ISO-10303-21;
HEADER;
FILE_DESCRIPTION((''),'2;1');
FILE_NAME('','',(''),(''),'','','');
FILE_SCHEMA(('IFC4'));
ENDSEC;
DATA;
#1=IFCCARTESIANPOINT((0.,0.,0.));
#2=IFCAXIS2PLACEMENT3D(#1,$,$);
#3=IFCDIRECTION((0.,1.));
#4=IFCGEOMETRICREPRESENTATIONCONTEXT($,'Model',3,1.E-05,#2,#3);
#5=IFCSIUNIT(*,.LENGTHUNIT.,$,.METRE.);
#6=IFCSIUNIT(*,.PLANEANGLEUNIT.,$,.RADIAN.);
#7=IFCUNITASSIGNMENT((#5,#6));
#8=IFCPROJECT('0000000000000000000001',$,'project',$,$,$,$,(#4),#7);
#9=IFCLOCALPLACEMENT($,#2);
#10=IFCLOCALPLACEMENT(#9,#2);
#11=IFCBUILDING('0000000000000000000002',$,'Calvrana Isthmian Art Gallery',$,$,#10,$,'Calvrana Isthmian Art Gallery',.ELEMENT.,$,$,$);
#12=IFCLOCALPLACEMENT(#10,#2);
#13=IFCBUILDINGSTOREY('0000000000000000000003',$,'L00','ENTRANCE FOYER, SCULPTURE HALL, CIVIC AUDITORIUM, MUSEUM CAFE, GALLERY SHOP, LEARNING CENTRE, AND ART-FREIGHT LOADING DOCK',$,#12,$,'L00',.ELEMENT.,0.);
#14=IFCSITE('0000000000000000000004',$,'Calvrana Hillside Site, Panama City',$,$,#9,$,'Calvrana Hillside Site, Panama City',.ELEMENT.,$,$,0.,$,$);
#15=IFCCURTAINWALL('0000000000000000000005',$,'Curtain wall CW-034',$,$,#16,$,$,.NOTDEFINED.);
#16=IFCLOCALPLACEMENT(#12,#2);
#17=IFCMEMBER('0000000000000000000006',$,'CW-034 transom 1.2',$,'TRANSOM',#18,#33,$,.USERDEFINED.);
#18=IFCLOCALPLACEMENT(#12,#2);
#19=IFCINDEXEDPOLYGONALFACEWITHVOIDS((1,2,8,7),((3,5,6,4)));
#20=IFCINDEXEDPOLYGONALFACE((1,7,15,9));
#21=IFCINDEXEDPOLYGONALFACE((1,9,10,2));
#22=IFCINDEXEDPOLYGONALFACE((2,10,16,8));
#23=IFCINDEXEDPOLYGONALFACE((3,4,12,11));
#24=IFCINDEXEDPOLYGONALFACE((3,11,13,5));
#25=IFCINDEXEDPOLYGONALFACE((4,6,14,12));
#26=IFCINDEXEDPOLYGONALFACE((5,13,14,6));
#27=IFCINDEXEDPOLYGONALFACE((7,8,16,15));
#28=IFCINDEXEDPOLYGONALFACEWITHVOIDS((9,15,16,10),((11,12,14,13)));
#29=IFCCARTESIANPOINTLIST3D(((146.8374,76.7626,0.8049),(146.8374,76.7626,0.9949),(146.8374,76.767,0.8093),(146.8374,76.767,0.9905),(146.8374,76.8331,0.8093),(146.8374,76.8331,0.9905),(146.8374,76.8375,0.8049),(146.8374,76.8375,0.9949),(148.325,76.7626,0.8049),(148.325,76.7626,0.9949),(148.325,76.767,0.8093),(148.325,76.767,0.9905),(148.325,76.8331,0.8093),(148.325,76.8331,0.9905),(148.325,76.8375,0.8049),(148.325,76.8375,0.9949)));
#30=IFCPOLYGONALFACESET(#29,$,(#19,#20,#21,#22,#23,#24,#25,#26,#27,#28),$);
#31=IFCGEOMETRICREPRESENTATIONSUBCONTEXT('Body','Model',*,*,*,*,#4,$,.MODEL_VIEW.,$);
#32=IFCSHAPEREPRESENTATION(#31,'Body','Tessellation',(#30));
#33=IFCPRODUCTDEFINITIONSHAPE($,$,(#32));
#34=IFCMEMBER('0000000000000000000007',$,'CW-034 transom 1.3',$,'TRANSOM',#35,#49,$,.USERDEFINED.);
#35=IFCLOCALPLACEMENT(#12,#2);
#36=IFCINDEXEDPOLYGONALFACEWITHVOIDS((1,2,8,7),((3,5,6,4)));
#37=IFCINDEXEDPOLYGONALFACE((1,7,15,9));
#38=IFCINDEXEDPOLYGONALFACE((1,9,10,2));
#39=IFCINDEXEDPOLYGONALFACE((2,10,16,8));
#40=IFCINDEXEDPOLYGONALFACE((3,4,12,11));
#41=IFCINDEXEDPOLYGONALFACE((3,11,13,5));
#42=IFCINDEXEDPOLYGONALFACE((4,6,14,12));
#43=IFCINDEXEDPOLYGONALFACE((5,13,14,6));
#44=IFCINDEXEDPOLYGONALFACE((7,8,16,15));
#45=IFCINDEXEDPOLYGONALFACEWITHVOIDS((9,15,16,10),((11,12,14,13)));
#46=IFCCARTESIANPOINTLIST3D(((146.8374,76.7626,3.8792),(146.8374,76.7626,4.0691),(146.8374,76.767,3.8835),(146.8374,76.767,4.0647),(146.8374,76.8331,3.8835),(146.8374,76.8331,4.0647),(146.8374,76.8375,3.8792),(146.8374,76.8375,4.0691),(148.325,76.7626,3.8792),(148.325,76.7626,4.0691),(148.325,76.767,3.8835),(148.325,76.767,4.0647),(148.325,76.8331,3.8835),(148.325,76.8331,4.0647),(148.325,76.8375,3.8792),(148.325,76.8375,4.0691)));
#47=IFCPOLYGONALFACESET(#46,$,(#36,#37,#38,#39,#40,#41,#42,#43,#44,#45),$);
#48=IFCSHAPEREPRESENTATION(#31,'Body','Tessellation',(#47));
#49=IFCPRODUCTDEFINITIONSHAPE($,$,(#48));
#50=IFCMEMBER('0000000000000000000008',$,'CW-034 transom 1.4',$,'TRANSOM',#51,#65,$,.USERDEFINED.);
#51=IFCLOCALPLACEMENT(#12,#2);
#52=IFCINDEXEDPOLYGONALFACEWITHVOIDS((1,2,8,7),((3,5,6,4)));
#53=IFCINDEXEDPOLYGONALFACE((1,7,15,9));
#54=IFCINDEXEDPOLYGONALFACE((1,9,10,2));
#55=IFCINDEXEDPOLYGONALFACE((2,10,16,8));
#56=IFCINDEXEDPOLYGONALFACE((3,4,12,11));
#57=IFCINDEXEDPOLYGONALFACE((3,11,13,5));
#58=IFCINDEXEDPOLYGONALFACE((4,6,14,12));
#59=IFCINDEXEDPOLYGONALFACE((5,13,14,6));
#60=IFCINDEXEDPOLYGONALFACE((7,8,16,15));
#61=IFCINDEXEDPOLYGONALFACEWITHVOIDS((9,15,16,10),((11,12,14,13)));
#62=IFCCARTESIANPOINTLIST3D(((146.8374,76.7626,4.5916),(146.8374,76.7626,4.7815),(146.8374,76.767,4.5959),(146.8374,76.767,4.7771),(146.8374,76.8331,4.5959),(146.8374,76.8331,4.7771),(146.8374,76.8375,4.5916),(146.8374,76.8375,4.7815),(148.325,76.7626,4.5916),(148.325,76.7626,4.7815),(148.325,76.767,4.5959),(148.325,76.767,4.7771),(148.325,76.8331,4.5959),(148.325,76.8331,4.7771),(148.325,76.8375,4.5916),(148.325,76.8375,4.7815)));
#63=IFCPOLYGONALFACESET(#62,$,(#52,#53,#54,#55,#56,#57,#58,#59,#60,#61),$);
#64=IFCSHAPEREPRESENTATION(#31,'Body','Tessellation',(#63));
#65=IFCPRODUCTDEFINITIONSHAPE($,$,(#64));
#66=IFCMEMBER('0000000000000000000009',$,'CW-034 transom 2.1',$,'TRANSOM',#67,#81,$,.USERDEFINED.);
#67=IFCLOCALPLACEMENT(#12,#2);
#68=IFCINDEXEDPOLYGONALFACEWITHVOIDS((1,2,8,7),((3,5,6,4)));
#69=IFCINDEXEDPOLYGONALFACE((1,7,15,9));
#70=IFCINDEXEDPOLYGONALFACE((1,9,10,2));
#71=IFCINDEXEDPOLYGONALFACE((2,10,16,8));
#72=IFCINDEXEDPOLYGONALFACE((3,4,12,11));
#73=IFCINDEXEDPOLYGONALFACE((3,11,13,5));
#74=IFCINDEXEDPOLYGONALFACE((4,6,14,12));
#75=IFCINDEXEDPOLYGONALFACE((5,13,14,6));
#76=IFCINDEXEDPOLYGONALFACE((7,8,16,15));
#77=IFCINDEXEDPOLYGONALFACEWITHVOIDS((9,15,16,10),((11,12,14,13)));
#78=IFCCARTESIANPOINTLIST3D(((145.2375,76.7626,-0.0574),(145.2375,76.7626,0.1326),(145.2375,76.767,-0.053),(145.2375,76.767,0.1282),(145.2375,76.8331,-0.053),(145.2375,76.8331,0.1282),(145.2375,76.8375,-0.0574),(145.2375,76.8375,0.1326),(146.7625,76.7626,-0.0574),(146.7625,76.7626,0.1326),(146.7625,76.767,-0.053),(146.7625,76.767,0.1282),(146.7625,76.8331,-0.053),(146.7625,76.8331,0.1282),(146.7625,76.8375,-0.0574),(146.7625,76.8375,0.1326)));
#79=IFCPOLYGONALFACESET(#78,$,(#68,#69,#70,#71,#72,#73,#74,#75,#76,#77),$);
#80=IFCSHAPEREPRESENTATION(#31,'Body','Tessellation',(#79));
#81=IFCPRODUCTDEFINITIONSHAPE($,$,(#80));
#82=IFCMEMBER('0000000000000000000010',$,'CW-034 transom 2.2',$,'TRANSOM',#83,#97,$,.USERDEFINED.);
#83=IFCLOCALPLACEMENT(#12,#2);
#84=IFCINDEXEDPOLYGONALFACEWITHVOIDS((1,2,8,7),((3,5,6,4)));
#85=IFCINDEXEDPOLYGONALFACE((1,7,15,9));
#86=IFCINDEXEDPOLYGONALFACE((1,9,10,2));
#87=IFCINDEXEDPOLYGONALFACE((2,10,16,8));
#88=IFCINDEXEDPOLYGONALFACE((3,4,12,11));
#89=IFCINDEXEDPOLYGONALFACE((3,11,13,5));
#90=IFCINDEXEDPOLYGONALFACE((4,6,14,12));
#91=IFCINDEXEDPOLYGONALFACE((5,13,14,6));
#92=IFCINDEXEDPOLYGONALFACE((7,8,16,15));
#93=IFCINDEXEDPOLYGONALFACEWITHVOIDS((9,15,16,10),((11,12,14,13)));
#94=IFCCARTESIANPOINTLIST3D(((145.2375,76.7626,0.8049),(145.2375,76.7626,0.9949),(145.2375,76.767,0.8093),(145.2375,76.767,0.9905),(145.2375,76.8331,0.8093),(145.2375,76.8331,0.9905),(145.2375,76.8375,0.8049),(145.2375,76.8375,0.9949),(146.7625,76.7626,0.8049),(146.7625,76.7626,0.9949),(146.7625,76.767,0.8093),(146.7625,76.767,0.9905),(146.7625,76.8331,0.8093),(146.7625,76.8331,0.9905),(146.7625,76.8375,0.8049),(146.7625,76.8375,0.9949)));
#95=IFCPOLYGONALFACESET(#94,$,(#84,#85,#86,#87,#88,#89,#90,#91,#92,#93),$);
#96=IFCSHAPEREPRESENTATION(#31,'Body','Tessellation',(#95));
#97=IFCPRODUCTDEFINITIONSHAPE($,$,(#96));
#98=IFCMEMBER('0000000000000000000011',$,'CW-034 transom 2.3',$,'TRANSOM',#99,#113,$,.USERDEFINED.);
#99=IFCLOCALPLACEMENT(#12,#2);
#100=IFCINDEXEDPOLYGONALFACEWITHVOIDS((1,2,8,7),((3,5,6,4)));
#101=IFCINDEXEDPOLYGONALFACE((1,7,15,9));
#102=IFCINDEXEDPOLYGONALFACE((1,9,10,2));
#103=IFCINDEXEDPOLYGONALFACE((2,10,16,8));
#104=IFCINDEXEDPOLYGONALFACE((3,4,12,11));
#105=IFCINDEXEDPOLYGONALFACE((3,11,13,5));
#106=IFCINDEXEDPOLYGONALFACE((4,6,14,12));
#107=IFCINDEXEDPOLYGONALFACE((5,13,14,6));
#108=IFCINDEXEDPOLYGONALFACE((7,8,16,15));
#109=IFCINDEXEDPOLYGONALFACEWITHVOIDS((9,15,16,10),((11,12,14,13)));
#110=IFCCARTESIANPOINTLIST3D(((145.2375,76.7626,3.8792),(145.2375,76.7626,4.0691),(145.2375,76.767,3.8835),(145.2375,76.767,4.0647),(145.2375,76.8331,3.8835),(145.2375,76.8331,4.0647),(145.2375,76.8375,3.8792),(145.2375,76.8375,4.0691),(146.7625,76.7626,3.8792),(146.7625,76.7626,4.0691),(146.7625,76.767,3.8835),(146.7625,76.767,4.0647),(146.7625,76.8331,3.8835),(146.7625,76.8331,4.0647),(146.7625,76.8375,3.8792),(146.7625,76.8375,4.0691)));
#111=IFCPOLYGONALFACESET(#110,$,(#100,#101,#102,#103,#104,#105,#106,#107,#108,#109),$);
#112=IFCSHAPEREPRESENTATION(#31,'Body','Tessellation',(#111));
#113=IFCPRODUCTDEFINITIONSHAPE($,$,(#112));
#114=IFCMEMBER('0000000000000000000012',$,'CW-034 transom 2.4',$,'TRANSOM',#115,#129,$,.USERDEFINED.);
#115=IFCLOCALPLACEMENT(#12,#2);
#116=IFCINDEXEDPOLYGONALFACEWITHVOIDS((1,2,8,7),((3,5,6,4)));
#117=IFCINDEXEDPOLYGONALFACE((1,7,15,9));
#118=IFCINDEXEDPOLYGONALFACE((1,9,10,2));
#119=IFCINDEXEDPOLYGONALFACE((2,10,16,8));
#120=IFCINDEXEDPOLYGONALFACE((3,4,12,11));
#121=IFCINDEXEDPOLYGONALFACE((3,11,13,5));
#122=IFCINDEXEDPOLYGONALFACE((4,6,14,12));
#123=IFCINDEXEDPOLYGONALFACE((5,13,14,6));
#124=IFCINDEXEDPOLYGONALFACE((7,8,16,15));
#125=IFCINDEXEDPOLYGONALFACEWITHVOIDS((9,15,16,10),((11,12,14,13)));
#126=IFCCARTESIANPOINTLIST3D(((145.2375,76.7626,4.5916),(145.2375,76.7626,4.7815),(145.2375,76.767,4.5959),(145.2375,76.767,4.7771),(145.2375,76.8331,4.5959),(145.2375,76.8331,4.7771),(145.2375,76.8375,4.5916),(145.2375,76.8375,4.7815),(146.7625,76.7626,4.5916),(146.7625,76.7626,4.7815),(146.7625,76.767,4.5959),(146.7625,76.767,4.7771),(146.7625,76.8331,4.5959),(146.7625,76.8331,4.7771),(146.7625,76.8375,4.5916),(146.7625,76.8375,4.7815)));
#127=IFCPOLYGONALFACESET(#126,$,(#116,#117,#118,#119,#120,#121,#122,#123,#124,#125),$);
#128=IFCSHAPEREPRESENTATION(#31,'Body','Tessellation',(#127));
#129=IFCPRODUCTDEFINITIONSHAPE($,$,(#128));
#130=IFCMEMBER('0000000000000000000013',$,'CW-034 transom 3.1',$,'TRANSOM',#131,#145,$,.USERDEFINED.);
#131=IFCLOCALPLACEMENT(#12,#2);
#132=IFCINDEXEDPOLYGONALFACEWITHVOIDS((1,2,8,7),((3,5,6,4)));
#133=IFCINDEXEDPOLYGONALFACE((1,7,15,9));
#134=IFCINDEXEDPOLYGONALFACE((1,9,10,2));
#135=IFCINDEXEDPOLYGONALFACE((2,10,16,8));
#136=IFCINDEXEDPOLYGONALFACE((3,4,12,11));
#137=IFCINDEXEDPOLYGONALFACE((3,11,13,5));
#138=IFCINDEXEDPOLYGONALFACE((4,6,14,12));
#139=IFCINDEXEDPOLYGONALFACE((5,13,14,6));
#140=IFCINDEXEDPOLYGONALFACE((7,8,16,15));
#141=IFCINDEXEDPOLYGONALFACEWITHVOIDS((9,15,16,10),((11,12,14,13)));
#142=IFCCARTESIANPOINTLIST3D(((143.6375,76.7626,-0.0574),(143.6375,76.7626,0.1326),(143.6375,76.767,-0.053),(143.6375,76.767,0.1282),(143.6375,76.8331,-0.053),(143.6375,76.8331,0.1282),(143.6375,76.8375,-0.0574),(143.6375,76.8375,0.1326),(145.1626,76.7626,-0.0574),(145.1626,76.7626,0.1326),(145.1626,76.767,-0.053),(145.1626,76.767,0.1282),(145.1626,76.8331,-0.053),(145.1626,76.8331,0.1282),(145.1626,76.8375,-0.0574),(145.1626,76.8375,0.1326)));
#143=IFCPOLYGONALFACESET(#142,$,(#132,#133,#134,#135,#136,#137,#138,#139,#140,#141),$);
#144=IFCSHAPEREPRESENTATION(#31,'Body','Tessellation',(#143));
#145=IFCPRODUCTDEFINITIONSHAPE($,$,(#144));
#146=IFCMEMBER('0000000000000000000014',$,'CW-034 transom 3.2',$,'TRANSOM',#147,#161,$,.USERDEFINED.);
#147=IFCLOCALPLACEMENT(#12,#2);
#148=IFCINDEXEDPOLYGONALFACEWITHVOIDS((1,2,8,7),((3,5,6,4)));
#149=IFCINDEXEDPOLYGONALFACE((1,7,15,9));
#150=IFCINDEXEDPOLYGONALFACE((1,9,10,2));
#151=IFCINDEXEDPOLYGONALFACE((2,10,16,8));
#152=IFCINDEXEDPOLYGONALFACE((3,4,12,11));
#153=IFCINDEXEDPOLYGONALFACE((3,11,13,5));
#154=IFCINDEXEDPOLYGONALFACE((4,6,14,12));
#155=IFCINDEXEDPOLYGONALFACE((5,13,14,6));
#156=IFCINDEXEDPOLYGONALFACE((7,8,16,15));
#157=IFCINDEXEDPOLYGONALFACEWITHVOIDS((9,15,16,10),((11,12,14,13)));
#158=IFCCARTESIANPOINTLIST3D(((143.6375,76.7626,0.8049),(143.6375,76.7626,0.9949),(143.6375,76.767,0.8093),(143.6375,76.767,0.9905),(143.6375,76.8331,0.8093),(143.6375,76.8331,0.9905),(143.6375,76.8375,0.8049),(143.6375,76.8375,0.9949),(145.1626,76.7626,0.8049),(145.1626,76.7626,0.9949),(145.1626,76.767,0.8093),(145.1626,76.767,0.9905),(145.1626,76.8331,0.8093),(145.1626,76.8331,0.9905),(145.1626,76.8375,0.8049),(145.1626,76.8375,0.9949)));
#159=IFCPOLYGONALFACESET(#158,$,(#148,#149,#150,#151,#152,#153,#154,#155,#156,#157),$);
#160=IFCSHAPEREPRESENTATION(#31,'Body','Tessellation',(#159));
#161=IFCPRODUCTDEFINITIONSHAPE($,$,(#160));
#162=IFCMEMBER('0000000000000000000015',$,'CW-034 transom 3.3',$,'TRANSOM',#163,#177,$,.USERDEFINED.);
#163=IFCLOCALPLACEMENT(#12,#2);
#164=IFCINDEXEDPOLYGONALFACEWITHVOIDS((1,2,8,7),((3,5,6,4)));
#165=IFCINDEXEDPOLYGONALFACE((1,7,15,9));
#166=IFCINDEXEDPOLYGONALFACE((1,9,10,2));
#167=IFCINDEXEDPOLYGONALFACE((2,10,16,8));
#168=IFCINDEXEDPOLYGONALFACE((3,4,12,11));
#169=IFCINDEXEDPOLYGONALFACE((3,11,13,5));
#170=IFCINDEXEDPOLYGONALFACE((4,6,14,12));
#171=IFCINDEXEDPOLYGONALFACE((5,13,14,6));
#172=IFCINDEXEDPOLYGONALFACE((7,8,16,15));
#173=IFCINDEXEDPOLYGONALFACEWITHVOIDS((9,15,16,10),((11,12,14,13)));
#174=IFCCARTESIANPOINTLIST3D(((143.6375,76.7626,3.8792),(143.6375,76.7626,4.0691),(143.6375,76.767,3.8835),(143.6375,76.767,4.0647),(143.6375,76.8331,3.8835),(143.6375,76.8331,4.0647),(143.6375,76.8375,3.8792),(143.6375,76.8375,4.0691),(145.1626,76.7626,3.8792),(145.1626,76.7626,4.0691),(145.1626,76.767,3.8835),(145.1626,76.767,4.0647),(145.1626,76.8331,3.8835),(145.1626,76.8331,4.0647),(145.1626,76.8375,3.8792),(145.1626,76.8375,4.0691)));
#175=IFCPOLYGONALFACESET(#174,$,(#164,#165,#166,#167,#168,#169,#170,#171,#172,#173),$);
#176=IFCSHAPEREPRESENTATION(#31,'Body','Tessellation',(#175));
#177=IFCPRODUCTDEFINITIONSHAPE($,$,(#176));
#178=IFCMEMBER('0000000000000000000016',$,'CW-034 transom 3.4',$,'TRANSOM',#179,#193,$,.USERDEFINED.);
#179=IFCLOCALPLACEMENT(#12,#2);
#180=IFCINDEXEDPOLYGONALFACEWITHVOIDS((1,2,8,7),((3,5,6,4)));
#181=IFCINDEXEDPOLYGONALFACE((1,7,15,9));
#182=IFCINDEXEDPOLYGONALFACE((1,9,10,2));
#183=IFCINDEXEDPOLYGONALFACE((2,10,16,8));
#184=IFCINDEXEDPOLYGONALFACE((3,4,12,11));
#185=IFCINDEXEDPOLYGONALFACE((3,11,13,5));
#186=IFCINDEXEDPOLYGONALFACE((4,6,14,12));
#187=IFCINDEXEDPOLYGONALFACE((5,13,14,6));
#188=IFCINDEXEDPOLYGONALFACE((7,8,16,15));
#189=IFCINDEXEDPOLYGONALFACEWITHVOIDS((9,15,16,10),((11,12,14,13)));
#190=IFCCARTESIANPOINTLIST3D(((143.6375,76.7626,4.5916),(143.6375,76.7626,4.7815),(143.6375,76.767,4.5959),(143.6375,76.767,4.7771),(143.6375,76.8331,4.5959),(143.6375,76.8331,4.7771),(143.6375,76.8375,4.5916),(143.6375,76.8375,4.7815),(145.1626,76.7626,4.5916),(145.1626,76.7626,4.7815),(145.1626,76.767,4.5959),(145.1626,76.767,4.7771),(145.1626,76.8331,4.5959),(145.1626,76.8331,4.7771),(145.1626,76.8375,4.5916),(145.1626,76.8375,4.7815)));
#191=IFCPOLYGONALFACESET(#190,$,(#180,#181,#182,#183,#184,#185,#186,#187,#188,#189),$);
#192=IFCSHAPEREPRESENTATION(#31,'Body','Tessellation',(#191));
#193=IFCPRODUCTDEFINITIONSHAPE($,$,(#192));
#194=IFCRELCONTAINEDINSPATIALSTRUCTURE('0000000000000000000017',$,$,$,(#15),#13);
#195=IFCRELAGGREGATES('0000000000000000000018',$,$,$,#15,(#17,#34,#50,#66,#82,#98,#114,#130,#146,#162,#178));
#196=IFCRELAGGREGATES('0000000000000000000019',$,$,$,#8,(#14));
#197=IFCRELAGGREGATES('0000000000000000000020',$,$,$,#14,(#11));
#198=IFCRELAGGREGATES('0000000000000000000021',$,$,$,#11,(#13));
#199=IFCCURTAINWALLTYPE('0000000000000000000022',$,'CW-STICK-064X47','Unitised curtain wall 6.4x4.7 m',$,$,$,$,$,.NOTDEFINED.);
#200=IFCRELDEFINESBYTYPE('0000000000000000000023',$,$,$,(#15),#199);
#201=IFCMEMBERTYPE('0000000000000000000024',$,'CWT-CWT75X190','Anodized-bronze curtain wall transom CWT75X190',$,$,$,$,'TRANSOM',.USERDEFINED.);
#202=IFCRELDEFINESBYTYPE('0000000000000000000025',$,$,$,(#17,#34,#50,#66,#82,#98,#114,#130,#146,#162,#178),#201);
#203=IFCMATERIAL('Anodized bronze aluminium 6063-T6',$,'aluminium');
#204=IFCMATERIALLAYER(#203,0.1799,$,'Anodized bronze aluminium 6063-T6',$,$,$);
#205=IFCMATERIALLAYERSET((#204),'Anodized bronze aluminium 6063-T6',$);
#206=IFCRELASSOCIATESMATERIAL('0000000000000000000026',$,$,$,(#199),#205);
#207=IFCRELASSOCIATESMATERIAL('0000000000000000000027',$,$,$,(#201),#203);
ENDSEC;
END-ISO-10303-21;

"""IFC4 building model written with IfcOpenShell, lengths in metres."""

from ifc_helpers import new_model, si_unit, direction, frame, origin, origin_2d, place, context, subcontext, project, spatial, hollow_rectangle, extrude, material, layer, layer_set, material_profile, profile_set, type_object, element, aggregate, save


model = new_model("IFC4")

# Units and contexts
model_context = context("Model", 3, precision=1e-05, world=origin(), true_north=direction((0.0, 1.0)))
body_context = subcontext(model_context, "Body", "Model", "MODEL_VIEW")
ifc_project = project(units=[si_unit("LENGTHUNIT", "METRE"), si_unit("PLANEANGLEUNIT", "RADIAN")], contexts=[model_context])

# Site, building, storey
site_placement = place(None, origin())
site = spatial("IfcSite", under=ifc_project, at=site_placement, Name="Calvrana Hillside Site, Panama City", LongName="Calvrana Hillside Site, Panama City", CompositionType="ELEMENT", RefElevation=0.0)
building_placement = place(site_placement, origin())
building = spatial("IfcBuilding", under=site, at=building_placement, Name="Calvrana Isthmian Art Gallery", LongName="Calvrana Isthmian Art Gallery", CompositionType="ELEMENT")
storey_placement = place(building_placement, origin())
storey = spatial("IfcBuildingStorey", under=building, at=storey_placement, Name="L00", Description="ENTRANCE FOYER, SCULPTURE HALL, CIVIC AUDITORIUM, MUSEUM CAFE, GALLERY SHOP, LEARNING CENTRE, AND ART-FREIGHT LOADING DOCK", LongName="L00", CompositionType="ELEMENT", Elevation=0.0)

# Shared definitions
ifc_material_1 = material(Name="Anodized bronze aluminium 6063-T6", Category="aluminium")

# Curtain wall
ifc_layer_1 = layer(ifc_material_1, 0.1799, Name="Anodized bronze aluminium 6063-T6")
ifc_layer_set_1 = layer_set([ifc_layer_1], Name="Anodized bronze aluminium 6063-T6")
curtain_wall_type_1 = type_object("IfcCurtainWallType", Name="CW-STICK-064X47", Description="Unitised curtain wall 6.4x4.7 m", PredefinedType="NOTDEFINED", material=ifc_layer_set_1)
curtain_wall_1_placement = place(storey_placement, origin())
curtain_wall_1 = element("IfcCurtainWall", 1, at=curtain_wall_1_placement, inside=storey, type_object=curtain_wall_type_1, Name="Curtain wall CW-034", PredefinedType="NOTDEFINED")

# Members
ifc_material_profile_1 = material_profile(ifc_material_1, hollow_rectangle(XDim=0.075, YDim=0.1899, WallThickness=0.0044, at=origin_2d()), Name="CWT75X190")
ifc_profile_set_1 = profile_set([ifc_material_profile_1], Name="Anodized bronze aluminium 6063-T6")
member_type_1 = type_object("IfcMemberType", Name="CWT-CWT75X190", Description="Anodized-bronze curtain wall transom CWT75X190", ElementType="TRANSOM", PredefinedType="USERDEFINED", material=ifc_profile_set_1)
member_1_placement = place(storey_placement, frame((148.325, 76.8, 0.8999), z_axis=(-1.0, 0.0, 0.0), x_axis=(0.0, -1.0, 0.0)))
member_1 = element("IfcMember", 2, at=member_1_placement, type_object=member_type_1, Name="CW-034 transom 1.2", ObjectType="TRANSOM", PredefinedType="USERDEFINED", context=body_context, shape_type="SweptSolid", body=[
    extrude(hollow_rectangle(XDim=0.075, YDim=0.1899, WallThickness=0.0044, at=origin_2d()), origin(), (0.0, 0.0, 1.0), 1.4875),
])
member_2_placement = place(storey_placement, frame((148.325, 76.8, 3.9741), z_axis=(-1.0, 0.0, 0.0), x_axis=(0.0, -1.0, 0.0)))
member_2 = element("IfcMember", 3, at=member_2_placement, type_object=member_type_1, Name="CW-034 transom 1.3", ObjectType="TRANSOM", PredefinedType="USERDEFINED", context=body_context, shape_type="SweptSolid", body=[
    extrude(hollow_rectangle(XDim=0.075, YDim=0.1899, WallThickness=0.0044, at=origin_2d()), origin(), (0.0, 0.0, 1.0), 1.4875),
])
member_3_placement = place(storey_placement, frame((148.325, 76.8, 4.6865), z_axis=(-1.0, 0.0, 0.0), x_axis=(0.0, -1.0, 0.0)))
member_3 = element("IfcMember", 4, at=member_3_placement, type_object=member_type_1, Name="CW-034 transom 1.4", ObjectType="TRANSOM", PredefinedType="USERDEFINED", context=body_context, shape_type="SweptSolid", body=[
    extrude(hollow_rectangle(XDim=0.075, YDim=0.1899, WallThickness=0.0044, at=origin_2d()), origin(), (0.0, 0.0, 1.0), 1.4875),
])
member_4_placement = place(storey_placement, frame((146.7625, 76.8, 0.0376), z_axis=(-1.0, 0.0, 0.0), x_axis=(0.0, -1.0, 0.0)))
member_4 = element("IfcMember", 5, at=member_4_placement, type_object=member_type_1, Name="CW-034 transom 2.1", ObjectType="TRANSOM", PredefinedType="USERDEFINED", context=body_context, shape_type="SweptSolid", body=[
    extrude(hollow_rectangle(XDim=0.075, YDim=0.1899, WallThickness=0.0044, at=origin_2d()), origin(), (0.0, 0.0, 1.0), 1.5249),
])
member_5_placement = place(storey_placement, frame((146.7625, 76.8, 0.8999), z_axis=(-1.0, 0.0, 0.0), x_axis=(0.0, -1.0, 0.0)))
member_5 = element("IfcMember", 6, at=member_5_placement, type_object=member_type_1, Name="CW-034 transom 2.2", ObjectType="TRANSOM", PredefinedType="USERDEFINED", context=body_context, shape_type="SweptSolid", body=[
    extrude(hollow_rectangle(XDim=0.075, YDim=0.1899, WallThickness=0.0044, at=origin_2d()), origin(), (0.0, 0.0, 1.0), 1.5249),
])
member_6_placement = place(storey_placement, frame((146.7625, 76.8, 3.9741), z_axis=(-1.0, 0.0, 0.0), x_axis=(0.0, -1.0, 0.0)))
member_6 = element("IfcMember", 7, at=member_6_placement, type_object=member_type_1, Name="CW-034 transom 2.3", ObjectType="TRANSOM", PredefinedType="USERDEFINED", context=body_context, shape_type="SweptSolid", body=[
    extrude(hollow_rectangle(XDim=0.075, YDim=0.1899, WallThickness=0.0044, at=origin_2d()), origin(), (0.0, 0.0, 1.0), 1.5249),
])
member_7_placement = place(storey_placement, frame((146.7625, 76.8, 4.6865), z_axis=(-1.0, 0.0, 0.0), x_axis=(0.0, -1.0, 0.0)))
member_7 = element("IfcMember", 8, at=member_7_placement, type_object=member_type_1, Name="CW-034 transom 2.4", ObjectType="TRANSOM", PredefinedType="USERDEFINED", context=body_context, shape_type="SweptSolid", body=[
    extrude(hollow_rectangle(XDim=0.075, YDim=0.1899, WallThickness=0.0044, at=origin_2d()), origin(), (0.0, 0.0, 1.0), 1.5249),
])
member_8_placement = place(storey_placement, frame((145.1626, 76.8, 0.0376), z_axis=(-1.0, 0.0, 0.0), x_axis=(0.0, -1.0, 0.0)))
member_8 = element("IfcMember", 9, at=member_8_placement, type_object=member_type_1, Name="CW-034 transom 3.1", ObjectType="TRANSOM", PredefinedType="USERDEFINED", context=body_context, shape_type="SweptSolid", body=[
    extrude(hollow_rectangle(XDim=0.075, YDim=0.1899, WallThickness=0.0044, at=origin_2d()), origin(), (0.0, 0.0, 1.0), 1.5251),
])
member_9_placement = place(storey_placement, frame((145.1626, 76.8, 0.8999), z_axis=(-1.0, 0.0, 0.0), x_axis=(0.0, -1.0, 0.0)))
member_9 = element("IfcMember", 10, at=member_9_placement, type_object=member_type_1, Name="CW-034 transom 3.2", ObjectType="TRANSOM", PredefinedType="USERDEFINED", context=body_context, shape_type="SweptSolid", body=[
    extrude(hollow_rectangle(XDim=0.075, YDim=0.1899, WallThickness=0.0044, at=origin_2d()), origin(), (0.0, 0.0, 1.0), 1.5251),
])
member_10_placement = place(storey_placement, frame((145.1626, 76.8, 3.9741), z_axis=(-1.0, 0.0, 0.0), x_axis=(0.0, -1.0, 0.0)))
member_10 = element("IfcMember", 11, at=member_10_placement, type_object=member_type_1, Name="CW-034 transom 3.3", ObjectType="TRANSOM", PredefinedType="USERDEFINED", context=body_context, shape_type="SweptSolid", body=[
    extrude(hollow_rectangle(XDim=0.075, YDim=0.1899, WallThickness=0.0044, at=origin_2d()), origin(), (0.0, 0.0, 1.0), 1.5251),
])
member_11_placement = place(storey_placement, frame((145.1626, 76.8, 4.6865), z_axis=(-1.0, 0.0, 0.0), x_axis=(0.0, -1.0, 0.0)))
member_11 = element("IfcMember", 12, at=member_11_placement, type_object=member_type_1, Name="CW-034 transom 3.4", ObjectType="TRANSOM", PredefinedType="USERDEFINED", context=body_context, shape_type="SweptSolid", body=[
    extrude(hollow_rectangle(XDim=0.075, YDim=0.1899, WallThickness=0.0044, at=origin_2d()), origin(), (0.0, 0.0, 1.0), 1.5251),
])

aggregate(curtain_wall_1, [member_1, member_2, member_3, member_4, member_5, member_6, member_7, member_8, member_9, member_10, member_11])

save(model, "model.ifc")
